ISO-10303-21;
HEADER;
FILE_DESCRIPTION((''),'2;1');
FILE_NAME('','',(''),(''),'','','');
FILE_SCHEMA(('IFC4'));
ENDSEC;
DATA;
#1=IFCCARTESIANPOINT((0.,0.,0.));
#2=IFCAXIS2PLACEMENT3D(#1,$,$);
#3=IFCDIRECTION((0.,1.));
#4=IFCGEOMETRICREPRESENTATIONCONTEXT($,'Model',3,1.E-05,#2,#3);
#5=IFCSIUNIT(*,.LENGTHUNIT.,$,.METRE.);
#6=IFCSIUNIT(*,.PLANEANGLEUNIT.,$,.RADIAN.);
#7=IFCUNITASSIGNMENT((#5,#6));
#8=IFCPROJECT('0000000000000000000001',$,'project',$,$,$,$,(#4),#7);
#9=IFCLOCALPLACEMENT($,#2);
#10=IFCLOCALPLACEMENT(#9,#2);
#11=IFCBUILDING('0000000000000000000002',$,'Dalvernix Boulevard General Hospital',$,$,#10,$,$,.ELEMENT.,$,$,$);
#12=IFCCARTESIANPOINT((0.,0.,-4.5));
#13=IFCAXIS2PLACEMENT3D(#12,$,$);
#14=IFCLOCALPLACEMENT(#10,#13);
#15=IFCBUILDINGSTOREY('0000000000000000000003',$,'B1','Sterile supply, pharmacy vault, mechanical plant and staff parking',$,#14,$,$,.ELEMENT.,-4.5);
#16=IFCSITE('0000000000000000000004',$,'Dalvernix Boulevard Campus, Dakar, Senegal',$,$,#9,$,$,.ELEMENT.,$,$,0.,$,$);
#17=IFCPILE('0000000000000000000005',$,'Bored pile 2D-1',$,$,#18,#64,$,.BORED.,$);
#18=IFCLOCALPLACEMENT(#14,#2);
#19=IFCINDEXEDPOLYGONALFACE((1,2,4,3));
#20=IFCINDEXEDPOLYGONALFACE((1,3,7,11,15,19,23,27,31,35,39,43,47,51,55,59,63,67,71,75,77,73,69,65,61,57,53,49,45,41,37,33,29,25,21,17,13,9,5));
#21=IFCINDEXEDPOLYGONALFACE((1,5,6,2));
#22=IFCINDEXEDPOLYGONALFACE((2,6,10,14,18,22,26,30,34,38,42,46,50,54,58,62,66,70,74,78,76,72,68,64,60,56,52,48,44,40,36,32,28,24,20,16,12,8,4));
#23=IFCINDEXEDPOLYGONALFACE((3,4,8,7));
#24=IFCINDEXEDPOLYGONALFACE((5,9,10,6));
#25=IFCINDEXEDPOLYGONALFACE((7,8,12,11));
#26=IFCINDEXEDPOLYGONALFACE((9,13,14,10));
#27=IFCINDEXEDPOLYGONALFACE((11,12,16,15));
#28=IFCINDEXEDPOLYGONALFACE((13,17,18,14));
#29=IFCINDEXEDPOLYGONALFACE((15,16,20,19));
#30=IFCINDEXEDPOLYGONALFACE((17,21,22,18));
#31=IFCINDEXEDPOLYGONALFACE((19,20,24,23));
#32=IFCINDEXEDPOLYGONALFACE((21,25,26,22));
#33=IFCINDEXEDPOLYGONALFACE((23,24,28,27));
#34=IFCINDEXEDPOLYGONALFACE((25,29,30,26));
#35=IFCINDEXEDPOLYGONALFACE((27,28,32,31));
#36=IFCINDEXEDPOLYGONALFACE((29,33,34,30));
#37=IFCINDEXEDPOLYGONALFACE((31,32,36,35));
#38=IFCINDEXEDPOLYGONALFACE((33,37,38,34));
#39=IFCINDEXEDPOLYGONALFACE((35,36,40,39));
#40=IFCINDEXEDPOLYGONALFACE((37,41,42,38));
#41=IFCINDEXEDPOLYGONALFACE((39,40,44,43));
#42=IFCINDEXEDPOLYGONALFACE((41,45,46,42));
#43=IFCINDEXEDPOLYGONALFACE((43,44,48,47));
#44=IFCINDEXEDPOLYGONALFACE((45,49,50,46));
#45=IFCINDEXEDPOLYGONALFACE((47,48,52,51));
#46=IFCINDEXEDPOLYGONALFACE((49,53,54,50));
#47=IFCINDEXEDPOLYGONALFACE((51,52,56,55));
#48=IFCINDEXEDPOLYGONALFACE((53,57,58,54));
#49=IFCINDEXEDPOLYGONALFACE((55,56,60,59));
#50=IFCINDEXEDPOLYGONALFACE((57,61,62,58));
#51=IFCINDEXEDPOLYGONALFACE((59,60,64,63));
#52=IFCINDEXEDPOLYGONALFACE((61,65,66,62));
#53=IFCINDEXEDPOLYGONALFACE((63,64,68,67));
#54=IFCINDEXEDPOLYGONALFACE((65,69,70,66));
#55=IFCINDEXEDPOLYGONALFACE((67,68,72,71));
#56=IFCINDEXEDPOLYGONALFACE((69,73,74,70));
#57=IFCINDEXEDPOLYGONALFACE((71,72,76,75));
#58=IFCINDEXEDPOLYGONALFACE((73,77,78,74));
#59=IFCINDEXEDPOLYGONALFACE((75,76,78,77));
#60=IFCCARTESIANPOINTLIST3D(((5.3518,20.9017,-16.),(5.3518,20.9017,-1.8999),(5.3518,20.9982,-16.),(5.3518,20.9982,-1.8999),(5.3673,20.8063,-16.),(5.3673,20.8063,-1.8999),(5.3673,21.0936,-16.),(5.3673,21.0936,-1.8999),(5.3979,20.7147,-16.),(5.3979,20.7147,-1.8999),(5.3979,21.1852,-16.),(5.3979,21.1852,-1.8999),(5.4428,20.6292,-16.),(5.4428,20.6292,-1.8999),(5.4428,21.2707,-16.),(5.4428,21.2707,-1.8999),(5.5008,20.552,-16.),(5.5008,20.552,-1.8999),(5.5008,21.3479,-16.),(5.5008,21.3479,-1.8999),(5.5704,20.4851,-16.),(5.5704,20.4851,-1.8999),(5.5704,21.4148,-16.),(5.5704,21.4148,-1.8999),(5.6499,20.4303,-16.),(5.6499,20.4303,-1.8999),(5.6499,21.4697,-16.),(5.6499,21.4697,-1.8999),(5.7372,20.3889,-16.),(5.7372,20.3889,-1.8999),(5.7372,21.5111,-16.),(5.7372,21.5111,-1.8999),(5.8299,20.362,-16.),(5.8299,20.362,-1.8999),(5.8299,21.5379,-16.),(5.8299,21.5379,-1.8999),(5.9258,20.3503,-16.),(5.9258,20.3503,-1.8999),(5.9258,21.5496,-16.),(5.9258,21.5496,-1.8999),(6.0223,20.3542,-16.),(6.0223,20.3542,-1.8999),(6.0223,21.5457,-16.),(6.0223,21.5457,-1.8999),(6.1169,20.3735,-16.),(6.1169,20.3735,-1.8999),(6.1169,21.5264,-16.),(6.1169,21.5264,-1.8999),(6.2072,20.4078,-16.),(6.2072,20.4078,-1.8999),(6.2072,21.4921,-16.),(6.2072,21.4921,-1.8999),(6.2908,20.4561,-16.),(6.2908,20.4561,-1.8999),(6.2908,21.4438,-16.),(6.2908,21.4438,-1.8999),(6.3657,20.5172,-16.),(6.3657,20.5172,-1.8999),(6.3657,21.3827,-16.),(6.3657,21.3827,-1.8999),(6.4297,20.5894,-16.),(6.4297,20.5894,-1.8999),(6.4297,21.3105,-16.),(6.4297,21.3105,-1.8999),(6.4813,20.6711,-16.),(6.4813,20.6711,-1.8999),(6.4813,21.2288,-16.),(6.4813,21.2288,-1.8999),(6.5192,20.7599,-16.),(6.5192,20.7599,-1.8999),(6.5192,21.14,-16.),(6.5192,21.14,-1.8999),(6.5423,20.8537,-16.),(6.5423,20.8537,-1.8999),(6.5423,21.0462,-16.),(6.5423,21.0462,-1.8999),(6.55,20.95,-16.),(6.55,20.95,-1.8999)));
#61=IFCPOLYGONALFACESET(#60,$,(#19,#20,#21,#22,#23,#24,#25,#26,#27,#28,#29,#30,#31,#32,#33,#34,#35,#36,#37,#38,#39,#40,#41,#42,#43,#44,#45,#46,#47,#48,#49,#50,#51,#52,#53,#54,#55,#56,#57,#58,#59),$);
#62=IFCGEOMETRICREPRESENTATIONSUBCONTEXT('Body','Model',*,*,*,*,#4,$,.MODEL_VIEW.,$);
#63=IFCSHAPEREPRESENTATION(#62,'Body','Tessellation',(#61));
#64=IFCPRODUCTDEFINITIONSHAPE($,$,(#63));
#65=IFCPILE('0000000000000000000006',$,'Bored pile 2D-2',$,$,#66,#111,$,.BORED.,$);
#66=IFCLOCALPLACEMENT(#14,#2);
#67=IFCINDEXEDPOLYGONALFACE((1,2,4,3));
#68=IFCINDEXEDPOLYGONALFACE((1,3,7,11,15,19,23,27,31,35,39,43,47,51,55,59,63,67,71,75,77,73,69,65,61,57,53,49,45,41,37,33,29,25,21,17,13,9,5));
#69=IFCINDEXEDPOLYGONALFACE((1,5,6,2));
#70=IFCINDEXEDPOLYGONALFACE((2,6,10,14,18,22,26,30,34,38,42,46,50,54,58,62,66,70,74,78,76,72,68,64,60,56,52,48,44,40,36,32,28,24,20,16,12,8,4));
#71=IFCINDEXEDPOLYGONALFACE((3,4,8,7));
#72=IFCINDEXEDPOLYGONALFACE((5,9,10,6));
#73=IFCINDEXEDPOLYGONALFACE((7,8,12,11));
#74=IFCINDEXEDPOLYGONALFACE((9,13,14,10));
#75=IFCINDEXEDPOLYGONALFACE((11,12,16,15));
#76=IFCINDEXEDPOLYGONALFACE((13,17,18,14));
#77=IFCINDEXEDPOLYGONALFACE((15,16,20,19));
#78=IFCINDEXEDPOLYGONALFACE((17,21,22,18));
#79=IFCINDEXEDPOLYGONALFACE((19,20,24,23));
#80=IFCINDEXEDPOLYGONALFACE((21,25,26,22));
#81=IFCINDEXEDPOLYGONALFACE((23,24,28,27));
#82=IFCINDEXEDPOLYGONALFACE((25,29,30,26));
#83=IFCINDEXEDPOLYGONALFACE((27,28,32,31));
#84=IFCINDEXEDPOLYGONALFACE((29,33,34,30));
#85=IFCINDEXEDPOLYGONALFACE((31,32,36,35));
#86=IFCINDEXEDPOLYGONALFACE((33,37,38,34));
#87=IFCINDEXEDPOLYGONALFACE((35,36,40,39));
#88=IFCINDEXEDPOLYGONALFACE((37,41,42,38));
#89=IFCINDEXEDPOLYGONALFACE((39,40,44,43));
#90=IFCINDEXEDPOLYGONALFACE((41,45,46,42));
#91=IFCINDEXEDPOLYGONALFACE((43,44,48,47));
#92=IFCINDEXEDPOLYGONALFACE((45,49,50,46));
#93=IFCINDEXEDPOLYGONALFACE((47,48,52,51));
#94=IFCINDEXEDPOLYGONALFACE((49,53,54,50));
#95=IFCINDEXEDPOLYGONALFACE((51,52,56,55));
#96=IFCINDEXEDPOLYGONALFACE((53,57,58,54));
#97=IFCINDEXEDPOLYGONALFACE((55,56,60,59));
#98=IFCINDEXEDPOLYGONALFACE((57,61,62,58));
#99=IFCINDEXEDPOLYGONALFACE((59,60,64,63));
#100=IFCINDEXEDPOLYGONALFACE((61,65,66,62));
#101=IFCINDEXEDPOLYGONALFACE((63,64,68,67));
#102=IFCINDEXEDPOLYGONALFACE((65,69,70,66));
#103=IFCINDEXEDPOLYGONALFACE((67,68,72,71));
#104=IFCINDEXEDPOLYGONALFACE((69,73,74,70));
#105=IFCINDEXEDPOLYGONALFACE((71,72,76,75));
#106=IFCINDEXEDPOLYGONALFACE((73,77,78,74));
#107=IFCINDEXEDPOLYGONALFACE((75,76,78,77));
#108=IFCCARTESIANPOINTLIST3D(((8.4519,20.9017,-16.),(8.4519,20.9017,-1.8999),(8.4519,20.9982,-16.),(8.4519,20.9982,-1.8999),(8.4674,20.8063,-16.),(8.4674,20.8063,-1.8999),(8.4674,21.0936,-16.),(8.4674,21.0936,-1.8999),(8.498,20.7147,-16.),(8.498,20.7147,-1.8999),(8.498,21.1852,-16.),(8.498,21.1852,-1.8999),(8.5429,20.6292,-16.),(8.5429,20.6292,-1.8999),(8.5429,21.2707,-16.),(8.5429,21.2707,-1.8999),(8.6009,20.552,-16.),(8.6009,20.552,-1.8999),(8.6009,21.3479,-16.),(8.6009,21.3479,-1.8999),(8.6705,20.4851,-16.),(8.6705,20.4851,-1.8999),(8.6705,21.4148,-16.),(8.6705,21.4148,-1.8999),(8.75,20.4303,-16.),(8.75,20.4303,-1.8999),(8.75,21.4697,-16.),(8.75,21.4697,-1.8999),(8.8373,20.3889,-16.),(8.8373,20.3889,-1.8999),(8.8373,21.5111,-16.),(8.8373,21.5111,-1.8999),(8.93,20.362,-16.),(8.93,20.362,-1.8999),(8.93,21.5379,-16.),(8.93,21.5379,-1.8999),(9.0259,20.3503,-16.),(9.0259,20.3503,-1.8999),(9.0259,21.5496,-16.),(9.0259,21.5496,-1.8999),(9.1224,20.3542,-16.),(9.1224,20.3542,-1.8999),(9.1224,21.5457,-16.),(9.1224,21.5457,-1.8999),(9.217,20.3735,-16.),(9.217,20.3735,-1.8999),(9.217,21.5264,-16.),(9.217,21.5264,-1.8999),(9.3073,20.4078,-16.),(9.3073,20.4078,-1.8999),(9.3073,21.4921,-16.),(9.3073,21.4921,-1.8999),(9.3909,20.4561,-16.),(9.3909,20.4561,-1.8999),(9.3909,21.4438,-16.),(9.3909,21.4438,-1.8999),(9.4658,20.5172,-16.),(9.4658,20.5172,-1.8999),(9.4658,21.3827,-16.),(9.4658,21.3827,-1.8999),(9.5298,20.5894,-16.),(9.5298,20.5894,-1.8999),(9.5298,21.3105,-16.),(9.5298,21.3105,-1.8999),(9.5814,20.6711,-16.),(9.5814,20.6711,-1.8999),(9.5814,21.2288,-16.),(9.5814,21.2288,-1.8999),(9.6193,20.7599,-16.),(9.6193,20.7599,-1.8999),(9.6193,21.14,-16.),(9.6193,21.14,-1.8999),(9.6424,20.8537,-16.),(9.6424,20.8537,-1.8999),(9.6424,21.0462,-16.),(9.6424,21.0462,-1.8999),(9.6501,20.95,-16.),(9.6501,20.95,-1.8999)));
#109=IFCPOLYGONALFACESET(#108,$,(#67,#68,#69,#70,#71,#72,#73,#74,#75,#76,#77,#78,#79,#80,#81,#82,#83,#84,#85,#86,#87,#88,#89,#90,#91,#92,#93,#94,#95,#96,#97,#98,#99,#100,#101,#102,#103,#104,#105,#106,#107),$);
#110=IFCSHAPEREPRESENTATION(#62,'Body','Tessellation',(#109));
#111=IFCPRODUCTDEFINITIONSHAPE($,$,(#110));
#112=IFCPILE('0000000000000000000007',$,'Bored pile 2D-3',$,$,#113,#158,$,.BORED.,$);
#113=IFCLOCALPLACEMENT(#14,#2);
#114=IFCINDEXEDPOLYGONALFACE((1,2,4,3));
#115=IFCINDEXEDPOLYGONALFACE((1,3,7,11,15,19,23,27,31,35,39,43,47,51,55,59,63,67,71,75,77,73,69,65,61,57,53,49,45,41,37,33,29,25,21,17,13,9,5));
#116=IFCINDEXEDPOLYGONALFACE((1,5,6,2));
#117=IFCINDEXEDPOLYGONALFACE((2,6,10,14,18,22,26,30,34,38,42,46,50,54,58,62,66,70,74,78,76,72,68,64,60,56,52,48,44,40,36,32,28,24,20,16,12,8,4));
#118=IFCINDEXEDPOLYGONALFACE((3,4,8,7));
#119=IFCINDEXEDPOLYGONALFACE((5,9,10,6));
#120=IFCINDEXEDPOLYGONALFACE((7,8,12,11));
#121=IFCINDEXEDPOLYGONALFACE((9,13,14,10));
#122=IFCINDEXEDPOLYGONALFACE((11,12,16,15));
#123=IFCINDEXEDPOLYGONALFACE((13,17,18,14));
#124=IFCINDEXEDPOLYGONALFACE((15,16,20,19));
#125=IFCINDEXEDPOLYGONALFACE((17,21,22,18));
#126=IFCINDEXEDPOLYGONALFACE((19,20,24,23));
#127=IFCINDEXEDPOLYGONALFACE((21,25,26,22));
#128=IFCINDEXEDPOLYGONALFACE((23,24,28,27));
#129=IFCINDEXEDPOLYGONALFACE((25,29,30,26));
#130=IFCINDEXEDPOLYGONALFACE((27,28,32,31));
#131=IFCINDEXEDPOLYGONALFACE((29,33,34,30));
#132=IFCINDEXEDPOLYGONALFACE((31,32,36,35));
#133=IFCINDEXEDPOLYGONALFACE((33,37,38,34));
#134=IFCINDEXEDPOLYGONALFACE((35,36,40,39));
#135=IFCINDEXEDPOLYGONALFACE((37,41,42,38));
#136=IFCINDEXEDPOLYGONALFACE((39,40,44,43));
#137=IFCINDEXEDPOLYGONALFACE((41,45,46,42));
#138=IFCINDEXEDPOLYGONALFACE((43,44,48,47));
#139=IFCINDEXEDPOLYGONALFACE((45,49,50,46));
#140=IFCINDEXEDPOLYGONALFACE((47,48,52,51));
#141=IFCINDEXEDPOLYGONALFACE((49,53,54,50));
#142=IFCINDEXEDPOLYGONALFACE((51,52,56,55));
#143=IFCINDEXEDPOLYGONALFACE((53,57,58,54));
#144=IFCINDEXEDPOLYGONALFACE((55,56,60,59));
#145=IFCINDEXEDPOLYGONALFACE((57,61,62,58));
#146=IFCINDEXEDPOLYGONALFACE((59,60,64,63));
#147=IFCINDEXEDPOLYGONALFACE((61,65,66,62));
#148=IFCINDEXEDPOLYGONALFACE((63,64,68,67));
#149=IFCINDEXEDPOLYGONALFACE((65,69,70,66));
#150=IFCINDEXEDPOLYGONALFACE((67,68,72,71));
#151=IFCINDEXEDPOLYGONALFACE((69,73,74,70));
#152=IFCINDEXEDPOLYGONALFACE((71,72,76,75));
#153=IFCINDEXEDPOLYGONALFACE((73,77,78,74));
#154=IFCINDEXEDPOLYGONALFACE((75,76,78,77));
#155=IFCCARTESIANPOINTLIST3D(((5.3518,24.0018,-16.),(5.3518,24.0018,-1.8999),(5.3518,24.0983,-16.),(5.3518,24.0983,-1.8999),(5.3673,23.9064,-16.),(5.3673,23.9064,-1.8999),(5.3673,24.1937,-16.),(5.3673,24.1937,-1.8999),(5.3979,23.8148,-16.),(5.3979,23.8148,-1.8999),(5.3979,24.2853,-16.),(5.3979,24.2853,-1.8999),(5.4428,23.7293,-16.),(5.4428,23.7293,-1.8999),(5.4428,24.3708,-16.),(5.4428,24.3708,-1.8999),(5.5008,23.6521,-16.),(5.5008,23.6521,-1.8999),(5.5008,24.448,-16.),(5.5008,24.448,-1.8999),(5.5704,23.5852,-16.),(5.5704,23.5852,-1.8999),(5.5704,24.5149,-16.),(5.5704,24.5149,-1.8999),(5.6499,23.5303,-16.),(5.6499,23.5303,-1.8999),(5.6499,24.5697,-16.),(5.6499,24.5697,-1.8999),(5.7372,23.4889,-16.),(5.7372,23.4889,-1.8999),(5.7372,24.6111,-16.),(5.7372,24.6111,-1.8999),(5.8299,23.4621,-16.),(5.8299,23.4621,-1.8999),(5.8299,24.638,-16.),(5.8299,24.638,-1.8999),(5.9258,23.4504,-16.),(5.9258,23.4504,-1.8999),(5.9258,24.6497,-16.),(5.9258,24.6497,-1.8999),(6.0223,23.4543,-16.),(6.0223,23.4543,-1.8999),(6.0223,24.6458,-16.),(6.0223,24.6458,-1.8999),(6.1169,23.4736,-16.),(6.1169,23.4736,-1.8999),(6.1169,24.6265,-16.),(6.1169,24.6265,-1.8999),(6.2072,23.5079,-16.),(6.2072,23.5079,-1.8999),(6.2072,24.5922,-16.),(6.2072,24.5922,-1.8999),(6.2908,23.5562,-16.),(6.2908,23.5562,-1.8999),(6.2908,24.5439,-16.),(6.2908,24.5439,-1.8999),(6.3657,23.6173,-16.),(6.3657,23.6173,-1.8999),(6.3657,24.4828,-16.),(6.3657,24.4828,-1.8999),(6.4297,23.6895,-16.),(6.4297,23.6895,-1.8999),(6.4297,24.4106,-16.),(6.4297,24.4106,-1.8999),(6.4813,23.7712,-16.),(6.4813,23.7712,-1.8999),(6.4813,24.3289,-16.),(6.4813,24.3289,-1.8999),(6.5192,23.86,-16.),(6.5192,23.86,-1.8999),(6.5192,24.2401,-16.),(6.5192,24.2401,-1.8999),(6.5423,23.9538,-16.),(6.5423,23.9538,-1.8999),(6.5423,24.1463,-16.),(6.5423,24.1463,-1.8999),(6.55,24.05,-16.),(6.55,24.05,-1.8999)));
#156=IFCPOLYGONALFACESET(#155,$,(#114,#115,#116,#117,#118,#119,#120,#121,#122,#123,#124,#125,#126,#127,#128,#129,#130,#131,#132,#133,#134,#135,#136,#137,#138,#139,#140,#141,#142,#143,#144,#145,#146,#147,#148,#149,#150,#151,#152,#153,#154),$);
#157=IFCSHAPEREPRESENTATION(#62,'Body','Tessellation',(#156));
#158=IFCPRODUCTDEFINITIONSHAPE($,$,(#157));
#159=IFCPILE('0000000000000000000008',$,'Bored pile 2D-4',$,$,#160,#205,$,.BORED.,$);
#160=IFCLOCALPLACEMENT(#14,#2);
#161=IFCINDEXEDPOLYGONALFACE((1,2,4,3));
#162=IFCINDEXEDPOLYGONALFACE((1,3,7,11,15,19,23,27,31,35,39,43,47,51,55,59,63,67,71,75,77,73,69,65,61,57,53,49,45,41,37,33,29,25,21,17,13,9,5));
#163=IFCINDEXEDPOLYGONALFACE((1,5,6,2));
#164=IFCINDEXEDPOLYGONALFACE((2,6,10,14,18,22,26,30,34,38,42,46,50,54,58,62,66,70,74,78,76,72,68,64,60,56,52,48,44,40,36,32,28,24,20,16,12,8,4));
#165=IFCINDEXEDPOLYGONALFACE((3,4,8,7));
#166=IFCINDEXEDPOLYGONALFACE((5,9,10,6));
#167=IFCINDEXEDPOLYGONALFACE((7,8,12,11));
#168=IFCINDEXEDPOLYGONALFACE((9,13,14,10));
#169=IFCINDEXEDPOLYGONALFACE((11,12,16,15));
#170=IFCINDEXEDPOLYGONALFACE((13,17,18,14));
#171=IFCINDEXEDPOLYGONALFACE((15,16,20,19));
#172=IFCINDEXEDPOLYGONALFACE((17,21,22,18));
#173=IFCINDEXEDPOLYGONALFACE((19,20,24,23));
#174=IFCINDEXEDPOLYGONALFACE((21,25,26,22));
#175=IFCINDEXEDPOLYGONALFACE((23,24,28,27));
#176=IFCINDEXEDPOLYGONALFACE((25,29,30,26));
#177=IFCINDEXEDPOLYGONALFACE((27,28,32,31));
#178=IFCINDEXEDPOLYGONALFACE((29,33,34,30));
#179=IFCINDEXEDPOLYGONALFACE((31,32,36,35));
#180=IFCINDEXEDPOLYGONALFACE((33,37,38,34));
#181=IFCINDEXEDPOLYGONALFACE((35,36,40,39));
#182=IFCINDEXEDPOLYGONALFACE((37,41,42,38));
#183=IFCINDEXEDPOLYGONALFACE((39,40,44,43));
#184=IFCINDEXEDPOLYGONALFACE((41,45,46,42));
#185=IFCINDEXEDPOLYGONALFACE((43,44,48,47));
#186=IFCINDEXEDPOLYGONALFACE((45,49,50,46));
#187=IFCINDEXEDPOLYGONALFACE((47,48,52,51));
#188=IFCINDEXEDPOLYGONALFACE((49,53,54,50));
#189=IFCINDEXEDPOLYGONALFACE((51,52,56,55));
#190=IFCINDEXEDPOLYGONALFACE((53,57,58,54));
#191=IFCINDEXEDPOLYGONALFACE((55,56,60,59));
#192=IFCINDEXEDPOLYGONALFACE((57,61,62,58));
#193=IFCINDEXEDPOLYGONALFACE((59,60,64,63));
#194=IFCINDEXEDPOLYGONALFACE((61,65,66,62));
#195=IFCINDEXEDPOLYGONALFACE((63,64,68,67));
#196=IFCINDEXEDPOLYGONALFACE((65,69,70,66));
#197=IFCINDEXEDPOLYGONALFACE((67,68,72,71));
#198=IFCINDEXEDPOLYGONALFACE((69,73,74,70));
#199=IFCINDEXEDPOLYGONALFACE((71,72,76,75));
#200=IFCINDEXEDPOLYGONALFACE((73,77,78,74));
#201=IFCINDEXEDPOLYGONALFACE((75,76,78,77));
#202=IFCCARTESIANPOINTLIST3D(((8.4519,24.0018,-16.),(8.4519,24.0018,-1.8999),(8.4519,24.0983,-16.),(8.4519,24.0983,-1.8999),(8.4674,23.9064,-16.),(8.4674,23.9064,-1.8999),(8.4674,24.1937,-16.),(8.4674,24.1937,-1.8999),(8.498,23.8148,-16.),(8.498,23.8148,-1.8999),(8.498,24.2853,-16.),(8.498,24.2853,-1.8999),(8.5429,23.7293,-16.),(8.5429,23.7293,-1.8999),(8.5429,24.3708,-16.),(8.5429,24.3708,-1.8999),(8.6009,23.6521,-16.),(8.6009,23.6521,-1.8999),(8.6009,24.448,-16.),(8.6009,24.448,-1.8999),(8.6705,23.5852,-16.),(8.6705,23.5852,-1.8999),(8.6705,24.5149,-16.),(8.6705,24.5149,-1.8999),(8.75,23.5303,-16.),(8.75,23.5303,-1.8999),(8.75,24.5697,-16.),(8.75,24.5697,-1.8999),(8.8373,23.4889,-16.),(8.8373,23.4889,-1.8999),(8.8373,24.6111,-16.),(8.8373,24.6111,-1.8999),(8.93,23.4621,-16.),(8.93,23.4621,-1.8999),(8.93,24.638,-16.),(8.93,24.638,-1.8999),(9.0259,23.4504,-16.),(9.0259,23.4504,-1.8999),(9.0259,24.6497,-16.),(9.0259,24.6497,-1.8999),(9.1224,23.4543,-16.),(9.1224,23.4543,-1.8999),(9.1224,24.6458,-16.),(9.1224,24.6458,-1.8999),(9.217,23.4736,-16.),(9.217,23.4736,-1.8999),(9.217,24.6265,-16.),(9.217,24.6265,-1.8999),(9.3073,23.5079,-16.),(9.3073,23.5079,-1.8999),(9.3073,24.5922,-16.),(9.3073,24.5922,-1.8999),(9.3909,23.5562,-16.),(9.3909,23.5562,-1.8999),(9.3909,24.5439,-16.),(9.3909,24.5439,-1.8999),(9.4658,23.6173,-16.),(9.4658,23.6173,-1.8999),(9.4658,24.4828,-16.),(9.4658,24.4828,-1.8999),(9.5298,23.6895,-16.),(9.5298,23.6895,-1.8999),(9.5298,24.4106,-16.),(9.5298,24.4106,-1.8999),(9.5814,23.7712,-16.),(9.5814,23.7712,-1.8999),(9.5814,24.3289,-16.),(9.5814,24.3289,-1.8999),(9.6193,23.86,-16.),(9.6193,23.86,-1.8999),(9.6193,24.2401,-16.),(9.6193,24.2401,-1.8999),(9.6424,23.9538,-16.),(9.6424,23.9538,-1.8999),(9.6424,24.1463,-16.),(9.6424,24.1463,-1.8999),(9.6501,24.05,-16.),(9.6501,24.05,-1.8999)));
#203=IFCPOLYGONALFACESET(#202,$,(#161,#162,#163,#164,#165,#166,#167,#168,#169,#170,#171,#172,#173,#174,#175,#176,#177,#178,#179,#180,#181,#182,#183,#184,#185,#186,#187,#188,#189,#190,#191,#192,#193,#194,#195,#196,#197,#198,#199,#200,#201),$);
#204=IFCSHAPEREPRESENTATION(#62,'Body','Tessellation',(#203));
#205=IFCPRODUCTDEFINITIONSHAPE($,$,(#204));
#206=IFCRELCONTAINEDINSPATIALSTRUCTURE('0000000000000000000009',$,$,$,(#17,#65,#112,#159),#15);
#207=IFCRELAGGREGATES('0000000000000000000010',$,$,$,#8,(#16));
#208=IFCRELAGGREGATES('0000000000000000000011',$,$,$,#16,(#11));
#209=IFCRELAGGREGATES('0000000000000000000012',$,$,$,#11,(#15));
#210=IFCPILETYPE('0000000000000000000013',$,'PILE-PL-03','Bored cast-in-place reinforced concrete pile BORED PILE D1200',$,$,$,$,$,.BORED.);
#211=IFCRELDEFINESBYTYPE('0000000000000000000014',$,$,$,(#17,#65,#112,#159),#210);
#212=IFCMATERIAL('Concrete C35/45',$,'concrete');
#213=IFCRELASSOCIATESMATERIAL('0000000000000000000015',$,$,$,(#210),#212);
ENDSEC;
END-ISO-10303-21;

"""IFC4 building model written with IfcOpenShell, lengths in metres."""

from ifc_helpers import new_model, si_unit, direction, frame, origin, origin_2d, place, context, subcontext, project, spatial, circle, extrude, material, material_profile, profile_set, type_object, element, save


model = new_model("IFC4")

# Units and contexts
model_context = context("Model", 3, precision=1e-05, world=origin(), true_north=direction((0.0, 1.0)))
body_context = subcontext(model_context, "Body", "Model", "MODEL_VIEW")
ifc_project = project(units=[si_unit("LENGTHUNIT", "METRE"), si_unit("PLANEANGLEUNIT", "RADIAN")], contexts=[model_context])

# Site, building, storey
site_placement = place(None, origin())
site = spatial("IfcSite", under=ifc_project, at=site_placement, Name="Dalvernix Boulevard Campus, Dakar, Senegal", CompositionType="ELEMENT", RefElevation=0.0)
building_placement = place(site_placement, origin())
building = spatial("IfcBuilding", under=site, at=building_placement, Name="Dalvernix Boulevard General Hospital", CompositionType="ELEMENT")
storey_placement = place(building_placement, frame((0.0, 0.0, -4.5)))
storey = spatial("IfcBuildingStorey", under=building, at=storey_placement, Name="B1", Description="Sterile supply, pharmacy vault, mechanical plant and staff parking", CompositionType="ELEMENT", Elevation=-4.5)

# Shared definitions
ifc_material_1 = material(Name="Concrete C35/45", Category="concrete")

# Piles
ifc_material_profile_1 = material_profile(ifc_material_1, circle(Radius=0.6001, at=origin_2d()), Name="BORED PILE D1200")
ifc_profile_set_1 = profile_set([ifc_material_profile_1], Name="Concrete C35/45")
pile_type = type_object("IfcPileType", Name="PILE-PL-03", Description="Bored cast-in-place reinforced concrete pile BORED PILE D1200", PredefinedType="BORED", material=ifc_profile_set_1)
for number, where, z_axis, x_axis, name in (
    (1, (5.95, 20.95, -1.8999), (0.0, 0.0, -1.0), (1.0, 0.0, 0.0), "Bored pile 2D-1"),
    (2, (9.05, 20.95, -1.8999), (0.0, 0.0, -1.0), (1.0, 0.0, 0.0), "Bored pile 2D-2"),
    (3, (5.95, 24.05, -1.8999), (0.0, 0.0, -1.0), (1.0, 0.0, 0.0), "Bored pile 2D-3"),
    (4, (9.05, 24.05, -1.8999), (0.0, 0.0, -1.0), (1.0, 0.0, 0.0), "Bored pile 2D-4"),
):
    element("IfcPile", number, at=place(storey_placement, frame(where, z_axis=z_axis, x_axis=x_axis)), inside=storey, type_object=pile_type, Name=name, PredefinedType="BORED", context=body_context, shape_type="SweptSolid", body=[
        extrude(circle(Radius=0.6001, at=origin_2d()), origin(), (0.0, 0.0, 1.0), 14.1001),
    ])

save(model, "model.ifc")
